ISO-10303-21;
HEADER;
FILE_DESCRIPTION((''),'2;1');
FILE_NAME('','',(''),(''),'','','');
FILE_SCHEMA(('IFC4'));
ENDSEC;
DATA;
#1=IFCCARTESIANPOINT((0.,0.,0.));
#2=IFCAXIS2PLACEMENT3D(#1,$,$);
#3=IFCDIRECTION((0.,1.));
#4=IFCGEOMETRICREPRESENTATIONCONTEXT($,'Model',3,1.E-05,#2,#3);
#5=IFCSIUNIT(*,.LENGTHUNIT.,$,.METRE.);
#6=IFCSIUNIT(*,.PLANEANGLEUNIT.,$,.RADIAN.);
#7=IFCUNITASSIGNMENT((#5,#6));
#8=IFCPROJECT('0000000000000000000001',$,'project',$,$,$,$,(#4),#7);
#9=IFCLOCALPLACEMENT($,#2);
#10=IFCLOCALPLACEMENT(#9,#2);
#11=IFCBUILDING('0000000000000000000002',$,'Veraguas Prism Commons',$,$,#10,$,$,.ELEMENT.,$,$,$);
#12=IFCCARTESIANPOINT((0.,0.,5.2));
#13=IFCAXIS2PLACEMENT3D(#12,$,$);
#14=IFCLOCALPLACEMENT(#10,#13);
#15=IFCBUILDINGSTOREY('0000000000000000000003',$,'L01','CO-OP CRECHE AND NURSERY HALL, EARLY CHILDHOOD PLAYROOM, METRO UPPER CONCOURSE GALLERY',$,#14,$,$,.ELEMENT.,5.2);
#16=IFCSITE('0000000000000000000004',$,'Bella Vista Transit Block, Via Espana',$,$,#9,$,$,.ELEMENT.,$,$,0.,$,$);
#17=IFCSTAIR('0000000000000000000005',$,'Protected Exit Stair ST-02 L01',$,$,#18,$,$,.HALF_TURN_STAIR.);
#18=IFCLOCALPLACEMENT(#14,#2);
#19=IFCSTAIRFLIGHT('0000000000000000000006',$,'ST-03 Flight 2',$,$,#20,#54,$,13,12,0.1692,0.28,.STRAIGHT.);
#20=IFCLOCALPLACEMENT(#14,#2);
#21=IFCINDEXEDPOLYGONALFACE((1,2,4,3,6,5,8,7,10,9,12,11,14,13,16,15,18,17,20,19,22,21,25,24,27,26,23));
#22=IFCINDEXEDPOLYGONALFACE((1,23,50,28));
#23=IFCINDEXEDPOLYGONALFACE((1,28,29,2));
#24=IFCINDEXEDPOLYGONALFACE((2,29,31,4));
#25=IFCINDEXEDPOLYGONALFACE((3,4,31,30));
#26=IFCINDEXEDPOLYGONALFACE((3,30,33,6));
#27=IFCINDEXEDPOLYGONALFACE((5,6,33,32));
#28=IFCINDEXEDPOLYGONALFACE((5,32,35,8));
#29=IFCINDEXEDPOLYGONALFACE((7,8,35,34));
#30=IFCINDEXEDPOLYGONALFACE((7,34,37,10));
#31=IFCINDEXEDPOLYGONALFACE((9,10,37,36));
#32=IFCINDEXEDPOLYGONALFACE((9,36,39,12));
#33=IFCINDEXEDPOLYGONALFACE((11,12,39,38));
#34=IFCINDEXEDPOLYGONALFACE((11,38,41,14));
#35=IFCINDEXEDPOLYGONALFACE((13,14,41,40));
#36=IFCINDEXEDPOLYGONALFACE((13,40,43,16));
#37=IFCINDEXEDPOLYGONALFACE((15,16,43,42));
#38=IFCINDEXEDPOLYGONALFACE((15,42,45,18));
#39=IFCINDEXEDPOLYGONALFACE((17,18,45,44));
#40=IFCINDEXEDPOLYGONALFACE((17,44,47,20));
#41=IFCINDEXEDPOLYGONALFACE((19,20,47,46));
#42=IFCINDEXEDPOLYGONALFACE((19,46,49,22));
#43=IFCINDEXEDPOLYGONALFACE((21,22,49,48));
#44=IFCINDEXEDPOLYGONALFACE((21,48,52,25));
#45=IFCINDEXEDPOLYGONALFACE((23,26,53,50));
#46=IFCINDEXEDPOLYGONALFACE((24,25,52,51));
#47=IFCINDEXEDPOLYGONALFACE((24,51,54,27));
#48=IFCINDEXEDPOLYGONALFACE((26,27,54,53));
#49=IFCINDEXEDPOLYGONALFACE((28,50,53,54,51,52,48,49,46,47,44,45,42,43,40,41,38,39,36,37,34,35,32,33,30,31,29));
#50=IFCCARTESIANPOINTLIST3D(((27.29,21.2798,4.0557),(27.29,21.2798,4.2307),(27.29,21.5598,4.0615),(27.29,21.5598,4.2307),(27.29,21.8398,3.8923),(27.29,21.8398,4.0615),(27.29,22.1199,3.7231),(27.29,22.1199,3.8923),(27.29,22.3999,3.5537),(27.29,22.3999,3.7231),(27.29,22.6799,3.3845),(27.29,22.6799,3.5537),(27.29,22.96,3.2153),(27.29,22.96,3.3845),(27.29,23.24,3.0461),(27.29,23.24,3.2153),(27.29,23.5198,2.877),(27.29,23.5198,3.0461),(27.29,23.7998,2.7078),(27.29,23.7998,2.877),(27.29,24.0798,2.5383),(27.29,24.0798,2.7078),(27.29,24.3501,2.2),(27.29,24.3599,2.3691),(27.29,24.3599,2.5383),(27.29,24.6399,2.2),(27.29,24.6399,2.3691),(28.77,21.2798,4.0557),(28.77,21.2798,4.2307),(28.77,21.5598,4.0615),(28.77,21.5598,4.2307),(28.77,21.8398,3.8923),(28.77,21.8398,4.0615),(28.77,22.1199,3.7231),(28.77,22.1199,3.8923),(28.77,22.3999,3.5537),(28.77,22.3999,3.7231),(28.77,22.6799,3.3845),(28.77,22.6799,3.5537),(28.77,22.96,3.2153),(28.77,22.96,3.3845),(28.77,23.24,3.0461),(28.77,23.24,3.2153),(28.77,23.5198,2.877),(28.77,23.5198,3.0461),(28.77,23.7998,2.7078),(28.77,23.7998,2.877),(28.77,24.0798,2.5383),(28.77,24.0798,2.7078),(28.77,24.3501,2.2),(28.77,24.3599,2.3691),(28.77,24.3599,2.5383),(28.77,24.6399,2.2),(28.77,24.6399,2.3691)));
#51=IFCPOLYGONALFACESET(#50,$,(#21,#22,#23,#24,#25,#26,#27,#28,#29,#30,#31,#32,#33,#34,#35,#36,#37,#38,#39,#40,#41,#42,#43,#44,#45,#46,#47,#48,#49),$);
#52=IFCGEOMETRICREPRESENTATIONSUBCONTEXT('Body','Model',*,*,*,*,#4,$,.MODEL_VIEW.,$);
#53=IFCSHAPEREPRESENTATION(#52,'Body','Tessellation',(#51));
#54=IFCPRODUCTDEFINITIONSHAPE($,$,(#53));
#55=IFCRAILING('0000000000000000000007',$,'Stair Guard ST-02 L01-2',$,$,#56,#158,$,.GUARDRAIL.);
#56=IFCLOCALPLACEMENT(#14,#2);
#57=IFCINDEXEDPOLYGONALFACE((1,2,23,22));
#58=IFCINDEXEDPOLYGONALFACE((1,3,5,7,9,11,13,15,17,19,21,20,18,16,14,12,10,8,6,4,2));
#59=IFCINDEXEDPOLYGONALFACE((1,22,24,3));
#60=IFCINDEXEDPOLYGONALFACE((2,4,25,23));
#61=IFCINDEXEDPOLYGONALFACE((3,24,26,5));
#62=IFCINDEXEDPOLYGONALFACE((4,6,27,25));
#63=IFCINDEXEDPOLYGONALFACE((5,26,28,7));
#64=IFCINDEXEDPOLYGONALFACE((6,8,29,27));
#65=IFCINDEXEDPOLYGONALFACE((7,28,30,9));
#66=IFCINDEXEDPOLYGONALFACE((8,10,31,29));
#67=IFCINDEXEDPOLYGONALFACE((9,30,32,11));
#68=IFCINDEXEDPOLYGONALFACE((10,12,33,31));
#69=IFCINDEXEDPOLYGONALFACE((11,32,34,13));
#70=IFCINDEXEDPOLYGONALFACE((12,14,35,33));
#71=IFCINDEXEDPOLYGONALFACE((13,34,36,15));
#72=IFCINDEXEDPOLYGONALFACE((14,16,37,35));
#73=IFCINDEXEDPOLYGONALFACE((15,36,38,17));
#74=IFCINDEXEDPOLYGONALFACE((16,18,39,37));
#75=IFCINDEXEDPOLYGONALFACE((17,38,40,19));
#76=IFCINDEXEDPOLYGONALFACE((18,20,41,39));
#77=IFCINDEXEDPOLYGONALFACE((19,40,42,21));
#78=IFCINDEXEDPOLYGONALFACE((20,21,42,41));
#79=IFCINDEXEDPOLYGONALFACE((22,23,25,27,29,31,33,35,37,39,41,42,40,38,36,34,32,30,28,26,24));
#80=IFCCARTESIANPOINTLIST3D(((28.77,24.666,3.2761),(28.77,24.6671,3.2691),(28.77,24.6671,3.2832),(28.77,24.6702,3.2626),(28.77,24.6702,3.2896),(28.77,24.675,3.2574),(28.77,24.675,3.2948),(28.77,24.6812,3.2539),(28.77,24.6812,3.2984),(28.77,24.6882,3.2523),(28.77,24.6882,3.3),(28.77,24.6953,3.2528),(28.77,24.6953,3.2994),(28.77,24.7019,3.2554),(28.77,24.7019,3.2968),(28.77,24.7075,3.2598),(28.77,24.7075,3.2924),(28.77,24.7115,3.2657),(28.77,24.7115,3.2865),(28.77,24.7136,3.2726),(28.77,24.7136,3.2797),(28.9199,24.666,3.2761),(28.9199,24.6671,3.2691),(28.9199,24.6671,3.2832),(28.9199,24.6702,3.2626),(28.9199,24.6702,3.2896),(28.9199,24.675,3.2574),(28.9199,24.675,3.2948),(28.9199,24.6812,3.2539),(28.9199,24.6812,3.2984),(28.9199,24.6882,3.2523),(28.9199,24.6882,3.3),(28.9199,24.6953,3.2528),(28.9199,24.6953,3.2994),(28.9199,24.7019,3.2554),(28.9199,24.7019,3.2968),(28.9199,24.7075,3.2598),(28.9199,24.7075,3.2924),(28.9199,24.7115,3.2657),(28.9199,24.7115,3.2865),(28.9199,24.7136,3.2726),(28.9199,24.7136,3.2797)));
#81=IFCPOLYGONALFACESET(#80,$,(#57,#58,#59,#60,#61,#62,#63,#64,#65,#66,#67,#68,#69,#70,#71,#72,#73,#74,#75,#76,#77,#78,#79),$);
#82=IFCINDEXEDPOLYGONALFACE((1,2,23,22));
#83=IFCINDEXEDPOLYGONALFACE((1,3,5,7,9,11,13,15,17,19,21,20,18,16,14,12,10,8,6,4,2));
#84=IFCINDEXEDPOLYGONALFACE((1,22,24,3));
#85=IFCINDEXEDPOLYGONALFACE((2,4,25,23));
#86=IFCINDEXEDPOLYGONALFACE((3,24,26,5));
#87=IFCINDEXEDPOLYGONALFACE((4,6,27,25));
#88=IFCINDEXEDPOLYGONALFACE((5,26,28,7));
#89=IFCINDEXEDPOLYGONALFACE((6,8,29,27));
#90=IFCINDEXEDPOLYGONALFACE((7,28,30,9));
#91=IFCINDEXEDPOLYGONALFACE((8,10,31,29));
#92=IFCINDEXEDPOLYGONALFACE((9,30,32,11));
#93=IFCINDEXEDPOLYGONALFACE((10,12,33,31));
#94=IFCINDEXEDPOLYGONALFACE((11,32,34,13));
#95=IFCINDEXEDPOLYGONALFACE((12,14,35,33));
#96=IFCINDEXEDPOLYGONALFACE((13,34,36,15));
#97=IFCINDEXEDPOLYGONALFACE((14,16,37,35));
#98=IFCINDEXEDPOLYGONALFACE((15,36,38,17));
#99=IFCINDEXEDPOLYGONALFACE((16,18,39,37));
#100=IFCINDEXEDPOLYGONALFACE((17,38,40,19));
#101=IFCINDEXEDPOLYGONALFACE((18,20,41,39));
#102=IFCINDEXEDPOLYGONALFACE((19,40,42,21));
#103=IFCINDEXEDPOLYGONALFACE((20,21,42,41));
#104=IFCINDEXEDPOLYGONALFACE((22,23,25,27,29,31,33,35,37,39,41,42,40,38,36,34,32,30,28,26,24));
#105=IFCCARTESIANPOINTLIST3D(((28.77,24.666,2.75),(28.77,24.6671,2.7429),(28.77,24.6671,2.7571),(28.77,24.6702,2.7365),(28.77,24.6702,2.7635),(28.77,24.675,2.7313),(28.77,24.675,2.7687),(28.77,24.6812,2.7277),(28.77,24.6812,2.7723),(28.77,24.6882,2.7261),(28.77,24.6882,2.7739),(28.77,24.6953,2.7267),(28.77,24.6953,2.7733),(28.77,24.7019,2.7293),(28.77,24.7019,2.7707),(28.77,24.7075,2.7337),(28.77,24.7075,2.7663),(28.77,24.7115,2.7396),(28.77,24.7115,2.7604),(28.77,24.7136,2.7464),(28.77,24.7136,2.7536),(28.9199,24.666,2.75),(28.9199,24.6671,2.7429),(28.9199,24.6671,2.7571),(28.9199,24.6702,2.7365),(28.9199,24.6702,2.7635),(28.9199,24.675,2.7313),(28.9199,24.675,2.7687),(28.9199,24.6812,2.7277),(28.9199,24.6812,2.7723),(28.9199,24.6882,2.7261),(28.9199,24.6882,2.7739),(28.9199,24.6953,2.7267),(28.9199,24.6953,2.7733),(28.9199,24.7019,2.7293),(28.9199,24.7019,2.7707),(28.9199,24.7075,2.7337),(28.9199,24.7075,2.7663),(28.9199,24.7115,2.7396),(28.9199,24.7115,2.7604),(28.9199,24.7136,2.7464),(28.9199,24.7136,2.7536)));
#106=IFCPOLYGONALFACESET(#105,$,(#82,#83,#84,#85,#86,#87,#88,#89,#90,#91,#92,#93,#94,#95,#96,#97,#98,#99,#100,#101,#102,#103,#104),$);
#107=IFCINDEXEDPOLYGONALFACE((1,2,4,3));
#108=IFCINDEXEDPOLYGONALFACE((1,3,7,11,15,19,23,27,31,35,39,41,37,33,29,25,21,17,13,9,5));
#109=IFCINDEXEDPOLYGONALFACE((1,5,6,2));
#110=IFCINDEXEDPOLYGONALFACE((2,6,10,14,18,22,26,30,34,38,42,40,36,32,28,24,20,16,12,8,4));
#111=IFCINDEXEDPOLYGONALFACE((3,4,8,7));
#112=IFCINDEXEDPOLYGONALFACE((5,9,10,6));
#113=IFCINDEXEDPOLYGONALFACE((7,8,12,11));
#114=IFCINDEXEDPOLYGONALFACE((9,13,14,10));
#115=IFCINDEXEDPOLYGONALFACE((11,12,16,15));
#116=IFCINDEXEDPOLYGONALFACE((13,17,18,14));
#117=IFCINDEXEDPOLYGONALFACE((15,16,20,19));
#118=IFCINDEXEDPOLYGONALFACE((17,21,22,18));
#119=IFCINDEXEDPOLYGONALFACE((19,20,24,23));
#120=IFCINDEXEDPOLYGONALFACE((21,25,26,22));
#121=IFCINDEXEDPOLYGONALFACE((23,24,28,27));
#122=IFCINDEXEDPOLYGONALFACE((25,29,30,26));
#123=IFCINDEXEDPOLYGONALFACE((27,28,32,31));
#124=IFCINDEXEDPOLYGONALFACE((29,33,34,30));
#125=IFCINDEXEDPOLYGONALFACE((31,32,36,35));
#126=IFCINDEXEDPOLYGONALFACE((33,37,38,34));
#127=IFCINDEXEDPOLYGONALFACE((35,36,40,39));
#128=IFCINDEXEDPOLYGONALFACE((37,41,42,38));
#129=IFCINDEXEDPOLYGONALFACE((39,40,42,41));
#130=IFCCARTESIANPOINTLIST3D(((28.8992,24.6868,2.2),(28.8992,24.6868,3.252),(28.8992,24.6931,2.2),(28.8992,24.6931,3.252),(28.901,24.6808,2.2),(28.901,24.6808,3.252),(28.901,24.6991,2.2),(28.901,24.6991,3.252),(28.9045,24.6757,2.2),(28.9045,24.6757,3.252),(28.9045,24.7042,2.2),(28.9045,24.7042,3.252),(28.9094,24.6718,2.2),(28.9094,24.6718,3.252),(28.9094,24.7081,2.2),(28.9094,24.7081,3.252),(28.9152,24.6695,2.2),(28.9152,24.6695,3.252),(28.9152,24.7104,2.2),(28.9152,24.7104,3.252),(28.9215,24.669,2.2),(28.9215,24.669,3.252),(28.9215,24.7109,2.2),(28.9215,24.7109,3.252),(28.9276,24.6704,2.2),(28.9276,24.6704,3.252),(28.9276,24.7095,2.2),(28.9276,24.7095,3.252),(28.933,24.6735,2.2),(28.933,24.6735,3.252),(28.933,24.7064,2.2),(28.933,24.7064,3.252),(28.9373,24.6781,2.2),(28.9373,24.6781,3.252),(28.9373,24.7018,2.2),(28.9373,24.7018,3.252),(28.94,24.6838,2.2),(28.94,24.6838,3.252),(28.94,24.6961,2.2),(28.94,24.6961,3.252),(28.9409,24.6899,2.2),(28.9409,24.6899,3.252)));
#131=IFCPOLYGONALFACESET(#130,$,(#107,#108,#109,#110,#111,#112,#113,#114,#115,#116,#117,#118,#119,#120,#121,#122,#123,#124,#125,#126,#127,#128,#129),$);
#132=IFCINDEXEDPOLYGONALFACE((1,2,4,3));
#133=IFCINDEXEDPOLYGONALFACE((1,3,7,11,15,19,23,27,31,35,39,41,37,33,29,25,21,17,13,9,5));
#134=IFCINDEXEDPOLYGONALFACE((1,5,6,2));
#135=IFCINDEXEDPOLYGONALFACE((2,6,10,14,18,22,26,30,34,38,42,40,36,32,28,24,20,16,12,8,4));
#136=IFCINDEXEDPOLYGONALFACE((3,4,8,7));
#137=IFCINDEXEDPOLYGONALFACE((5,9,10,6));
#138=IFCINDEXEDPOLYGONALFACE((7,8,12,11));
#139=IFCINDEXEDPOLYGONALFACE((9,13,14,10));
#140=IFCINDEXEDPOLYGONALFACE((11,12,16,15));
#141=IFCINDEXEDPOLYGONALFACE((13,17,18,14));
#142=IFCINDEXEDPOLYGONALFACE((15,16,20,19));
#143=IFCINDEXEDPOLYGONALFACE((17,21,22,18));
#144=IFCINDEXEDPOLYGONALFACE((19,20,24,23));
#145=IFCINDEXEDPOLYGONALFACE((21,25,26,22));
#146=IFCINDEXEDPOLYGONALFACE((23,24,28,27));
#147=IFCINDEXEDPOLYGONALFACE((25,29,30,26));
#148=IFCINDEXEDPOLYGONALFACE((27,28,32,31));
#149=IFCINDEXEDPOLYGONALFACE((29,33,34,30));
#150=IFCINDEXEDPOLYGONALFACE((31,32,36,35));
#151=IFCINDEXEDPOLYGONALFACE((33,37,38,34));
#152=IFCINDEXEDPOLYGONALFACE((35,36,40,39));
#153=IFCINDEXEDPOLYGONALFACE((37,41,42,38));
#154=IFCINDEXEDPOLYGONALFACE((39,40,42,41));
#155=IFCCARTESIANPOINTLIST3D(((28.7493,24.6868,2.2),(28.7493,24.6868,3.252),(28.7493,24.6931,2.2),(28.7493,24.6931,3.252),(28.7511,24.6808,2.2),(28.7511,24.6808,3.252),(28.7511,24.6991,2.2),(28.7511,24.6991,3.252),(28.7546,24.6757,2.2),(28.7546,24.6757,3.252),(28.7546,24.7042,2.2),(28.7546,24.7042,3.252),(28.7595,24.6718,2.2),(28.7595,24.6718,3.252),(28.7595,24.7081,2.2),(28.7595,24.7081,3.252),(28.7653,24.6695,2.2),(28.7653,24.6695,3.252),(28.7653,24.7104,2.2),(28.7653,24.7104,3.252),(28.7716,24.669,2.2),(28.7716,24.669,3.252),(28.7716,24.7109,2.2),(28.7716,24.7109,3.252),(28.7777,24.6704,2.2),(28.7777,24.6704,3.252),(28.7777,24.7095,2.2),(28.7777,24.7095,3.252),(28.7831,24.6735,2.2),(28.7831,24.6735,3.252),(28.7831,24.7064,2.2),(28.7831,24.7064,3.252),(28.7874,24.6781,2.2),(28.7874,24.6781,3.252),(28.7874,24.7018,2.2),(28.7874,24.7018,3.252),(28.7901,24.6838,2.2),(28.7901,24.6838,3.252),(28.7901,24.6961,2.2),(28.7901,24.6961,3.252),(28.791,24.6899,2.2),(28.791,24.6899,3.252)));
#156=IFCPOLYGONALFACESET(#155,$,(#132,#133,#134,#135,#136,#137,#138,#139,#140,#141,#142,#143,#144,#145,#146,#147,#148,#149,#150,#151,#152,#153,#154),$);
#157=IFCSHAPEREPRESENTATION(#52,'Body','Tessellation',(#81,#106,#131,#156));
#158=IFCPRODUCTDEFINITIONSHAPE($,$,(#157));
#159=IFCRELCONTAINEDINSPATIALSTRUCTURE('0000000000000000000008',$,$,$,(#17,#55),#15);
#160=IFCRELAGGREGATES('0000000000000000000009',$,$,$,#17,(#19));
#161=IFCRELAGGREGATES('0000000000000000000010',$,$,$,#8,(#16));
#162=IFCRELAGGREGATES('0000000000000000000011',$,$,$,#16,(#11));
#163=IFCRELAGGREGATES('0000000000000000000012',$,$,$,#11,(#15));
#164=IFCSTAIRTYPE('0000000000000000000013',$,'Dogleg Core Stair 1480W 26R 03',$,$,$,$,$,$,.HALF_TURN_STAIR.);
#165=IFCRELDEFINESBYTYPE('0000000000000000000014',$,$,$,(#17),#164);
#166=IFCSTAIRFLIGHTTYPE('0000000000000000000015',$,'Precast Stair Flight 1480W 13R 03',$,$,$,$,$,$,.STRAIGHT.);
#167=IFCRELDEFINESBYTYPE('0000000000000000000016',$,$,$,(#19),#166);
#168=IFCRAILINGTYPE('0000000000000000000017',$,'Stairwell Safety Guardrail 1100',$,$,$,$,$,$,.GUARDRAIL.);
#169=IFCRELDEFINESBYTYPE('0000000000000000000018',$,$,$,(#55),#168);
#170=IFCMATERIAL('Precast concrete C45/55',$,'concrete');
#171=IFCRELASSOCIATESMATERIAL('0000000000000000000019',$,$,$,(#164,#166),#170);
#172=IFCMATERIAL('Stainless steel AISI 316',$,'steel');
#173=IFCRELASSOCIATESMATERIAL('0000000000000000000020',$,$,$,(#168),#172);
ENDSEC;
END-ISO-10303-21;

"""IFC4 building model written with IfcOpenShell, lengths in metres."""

from ifc_helpers import new_model, si_unit, direction, frame, origin, origin_2d, place, context, subcontext, project, spatial, polyline, circle, outline, extrude, material, type_object, element, aggregate, save


model = new_model("IFC4")

# Units and contexts
model_context = context("Model", 3, precision=1e-05, world=origin(), true_north=direction((0.0, 1.0)))
body_context = subcontext(model_context, "Body", "Model", "MODEL_VIEW")
ifc_project = project(units=[si_unit("LENGTHUNIT", "METRE"), si_unit("PLANEANGLEUNIT", "RADIAN")], contexts=[model_context])

# Site, building, storey
site_placement = place(None, origin())
site = spatial("IfcSite", under=ifc_project, at=site_placement, Name="Bella Vista Transit Block, Via Espana", CompositionType="ELEMENT", RefElevation=0.0)
building_placement = place(site_placement, origin())
building = spatial("IfcBuilding", under=site, at=building_placement, Name="Veraguas Prism Commons", CompositionType="ELEMENT")
storey_placement = place(building_placement, frame((0.0, 0.0, 5.2)))
storey = spatial("IfcBuildingStorey", under=building, at=storey_placement, Name="L01", Description="CO-OP CRECHE AND NURSERY HALL, EARLY CHILDHOOD PLAYROOM, METRO UPPER CONCOURSE GALLERY", CompositionType="ELEMENT", Elevation=5.2)

# Stair, stair flight
ifc_material_1 = material(Name="Precast concrete C45/55", Category="concrete")
stair_type = type_object("IfcStairType", Name="Dogleg Core Stair 1480W 26R 03", PredefinedType="HALF_TURN_STAIR", material=ifc_material_1)
stair_placement = place(storey_placement, origin())
stair = element("IfcStair", 1, at=stair_placement, inside=storey, type_object=stair_type, Name="Protected Exit Stair ST-02 L01", PredefinedType="HALF_TURN_STAIR")
stair_flight_type = type_object("IfcStairFlightType", Name="Precast Stair Flight 1480W 13R 03", PredefinedType="STRAIGHT", material=ifc_material_1)
stair_flight_placement = place(storey_placement, frame((28.03, 24.6399, 2.2), z_axis=(0.0, 0.0, 1.0), x_axis=(0.0, -1.0, 0.0)))
stair_flight = element("IfcStairFlight", 2, at=stair_flight_placement, type_object=stair_flight_type, Name="ST-03 Flight 2", NumberOfRisers=13, NumberOfTreads=12, PredefinedType="STRAIGHT", RiserHeight=0.1692, TreadLength=0.28, context=body_context, shape_type="SweptSolid", body=[
    extrude(outline(polyline([(0.0, 0.0), (0.0, 0.1692), (0.28, 0.1692), (0.28, 0.3384), (0.5601, 0.3384), (0.5601, 0.5078), (0.8401, 0.5078), (0.8401, 0.677), (1.1201, 0.677), (1.1201, 0.8462), (1.3999, 0.8462), (1.3999, 1.0154), (1.6799, 1.0154), (1.6799, 1.1846), (1.96, 1.1846), (1.96, 1.3538), (2.24, 1.3538), (2.24, 1.5232), (2.52, 1.5232), (2.52, 1.6924), (2.8, 1.6924), (2.8, 1.8616), (3.0801, 1.8616), (3.0801, 2.0308), (3.3601, 2.0308), (3.3601, 2.2), (3.3601, 1.8557), (0.2898, 0.0), (0.0, 0.0)])), frame((0.0, 0.74, 0.0), z_axis=(0.0, -1.0, 0.0), x_axis=(1.0, 0.0, 0.0)), (0.0, 0.0, 1.0), 1.48),
])
aggregate(stair, [stair_flight])

# Railing
ifc_material_2 = material(Name="Stainless steel AISI 316", Category="steel")
railing_type = type_object("IfcRailingType", Name="Stairwell Safety Guardrail 1100", PredefinedType="GUARDRAIL", material=ifc_material_2)
railing_1_placement = place(storey_placement, frame((28.9199, 24.6899, 2.2)))
element("IfcRailing", 3, at=railing_1_placement, inside=storey, type_object=railing_type, Name="Stair Guard ST-02 L01-2", PredefinedType="GUARDRAIL", context=body_context, shape_type="SweptSolid", body=[
    extrude(circle(Radius=0.0239, at=origin_2d()), frame((0.0, 0.0, 1.0762), z_axis=(-1.0, 0.0, 0.0), x_axis=(0.0, -1.0, 0.0)), (0.0, 0.0, 1.0), 0.1499),
    extrude(circle(Radius=0.0239, at=origin_2d()), frame((0.0, 0.0, 0.55), z_axis=(-1.0, 0.0, 0.0), x_axis=(0.0, -1.0, 0.0)), (0.0, 0.0, 1.0), 0.1499),
    extrude(circle(Radius=0.021, at=origin_2d()), origin(), (0.0, 0.0, 1.0), 1.052),
    extrude(circle(Radius=0.021, at=origin_2d()), frame((-0.1499, 0.0, 0.0)), (0.0, 0.0, 1.0), 1.052),
])

save(model, "model.ifc")
